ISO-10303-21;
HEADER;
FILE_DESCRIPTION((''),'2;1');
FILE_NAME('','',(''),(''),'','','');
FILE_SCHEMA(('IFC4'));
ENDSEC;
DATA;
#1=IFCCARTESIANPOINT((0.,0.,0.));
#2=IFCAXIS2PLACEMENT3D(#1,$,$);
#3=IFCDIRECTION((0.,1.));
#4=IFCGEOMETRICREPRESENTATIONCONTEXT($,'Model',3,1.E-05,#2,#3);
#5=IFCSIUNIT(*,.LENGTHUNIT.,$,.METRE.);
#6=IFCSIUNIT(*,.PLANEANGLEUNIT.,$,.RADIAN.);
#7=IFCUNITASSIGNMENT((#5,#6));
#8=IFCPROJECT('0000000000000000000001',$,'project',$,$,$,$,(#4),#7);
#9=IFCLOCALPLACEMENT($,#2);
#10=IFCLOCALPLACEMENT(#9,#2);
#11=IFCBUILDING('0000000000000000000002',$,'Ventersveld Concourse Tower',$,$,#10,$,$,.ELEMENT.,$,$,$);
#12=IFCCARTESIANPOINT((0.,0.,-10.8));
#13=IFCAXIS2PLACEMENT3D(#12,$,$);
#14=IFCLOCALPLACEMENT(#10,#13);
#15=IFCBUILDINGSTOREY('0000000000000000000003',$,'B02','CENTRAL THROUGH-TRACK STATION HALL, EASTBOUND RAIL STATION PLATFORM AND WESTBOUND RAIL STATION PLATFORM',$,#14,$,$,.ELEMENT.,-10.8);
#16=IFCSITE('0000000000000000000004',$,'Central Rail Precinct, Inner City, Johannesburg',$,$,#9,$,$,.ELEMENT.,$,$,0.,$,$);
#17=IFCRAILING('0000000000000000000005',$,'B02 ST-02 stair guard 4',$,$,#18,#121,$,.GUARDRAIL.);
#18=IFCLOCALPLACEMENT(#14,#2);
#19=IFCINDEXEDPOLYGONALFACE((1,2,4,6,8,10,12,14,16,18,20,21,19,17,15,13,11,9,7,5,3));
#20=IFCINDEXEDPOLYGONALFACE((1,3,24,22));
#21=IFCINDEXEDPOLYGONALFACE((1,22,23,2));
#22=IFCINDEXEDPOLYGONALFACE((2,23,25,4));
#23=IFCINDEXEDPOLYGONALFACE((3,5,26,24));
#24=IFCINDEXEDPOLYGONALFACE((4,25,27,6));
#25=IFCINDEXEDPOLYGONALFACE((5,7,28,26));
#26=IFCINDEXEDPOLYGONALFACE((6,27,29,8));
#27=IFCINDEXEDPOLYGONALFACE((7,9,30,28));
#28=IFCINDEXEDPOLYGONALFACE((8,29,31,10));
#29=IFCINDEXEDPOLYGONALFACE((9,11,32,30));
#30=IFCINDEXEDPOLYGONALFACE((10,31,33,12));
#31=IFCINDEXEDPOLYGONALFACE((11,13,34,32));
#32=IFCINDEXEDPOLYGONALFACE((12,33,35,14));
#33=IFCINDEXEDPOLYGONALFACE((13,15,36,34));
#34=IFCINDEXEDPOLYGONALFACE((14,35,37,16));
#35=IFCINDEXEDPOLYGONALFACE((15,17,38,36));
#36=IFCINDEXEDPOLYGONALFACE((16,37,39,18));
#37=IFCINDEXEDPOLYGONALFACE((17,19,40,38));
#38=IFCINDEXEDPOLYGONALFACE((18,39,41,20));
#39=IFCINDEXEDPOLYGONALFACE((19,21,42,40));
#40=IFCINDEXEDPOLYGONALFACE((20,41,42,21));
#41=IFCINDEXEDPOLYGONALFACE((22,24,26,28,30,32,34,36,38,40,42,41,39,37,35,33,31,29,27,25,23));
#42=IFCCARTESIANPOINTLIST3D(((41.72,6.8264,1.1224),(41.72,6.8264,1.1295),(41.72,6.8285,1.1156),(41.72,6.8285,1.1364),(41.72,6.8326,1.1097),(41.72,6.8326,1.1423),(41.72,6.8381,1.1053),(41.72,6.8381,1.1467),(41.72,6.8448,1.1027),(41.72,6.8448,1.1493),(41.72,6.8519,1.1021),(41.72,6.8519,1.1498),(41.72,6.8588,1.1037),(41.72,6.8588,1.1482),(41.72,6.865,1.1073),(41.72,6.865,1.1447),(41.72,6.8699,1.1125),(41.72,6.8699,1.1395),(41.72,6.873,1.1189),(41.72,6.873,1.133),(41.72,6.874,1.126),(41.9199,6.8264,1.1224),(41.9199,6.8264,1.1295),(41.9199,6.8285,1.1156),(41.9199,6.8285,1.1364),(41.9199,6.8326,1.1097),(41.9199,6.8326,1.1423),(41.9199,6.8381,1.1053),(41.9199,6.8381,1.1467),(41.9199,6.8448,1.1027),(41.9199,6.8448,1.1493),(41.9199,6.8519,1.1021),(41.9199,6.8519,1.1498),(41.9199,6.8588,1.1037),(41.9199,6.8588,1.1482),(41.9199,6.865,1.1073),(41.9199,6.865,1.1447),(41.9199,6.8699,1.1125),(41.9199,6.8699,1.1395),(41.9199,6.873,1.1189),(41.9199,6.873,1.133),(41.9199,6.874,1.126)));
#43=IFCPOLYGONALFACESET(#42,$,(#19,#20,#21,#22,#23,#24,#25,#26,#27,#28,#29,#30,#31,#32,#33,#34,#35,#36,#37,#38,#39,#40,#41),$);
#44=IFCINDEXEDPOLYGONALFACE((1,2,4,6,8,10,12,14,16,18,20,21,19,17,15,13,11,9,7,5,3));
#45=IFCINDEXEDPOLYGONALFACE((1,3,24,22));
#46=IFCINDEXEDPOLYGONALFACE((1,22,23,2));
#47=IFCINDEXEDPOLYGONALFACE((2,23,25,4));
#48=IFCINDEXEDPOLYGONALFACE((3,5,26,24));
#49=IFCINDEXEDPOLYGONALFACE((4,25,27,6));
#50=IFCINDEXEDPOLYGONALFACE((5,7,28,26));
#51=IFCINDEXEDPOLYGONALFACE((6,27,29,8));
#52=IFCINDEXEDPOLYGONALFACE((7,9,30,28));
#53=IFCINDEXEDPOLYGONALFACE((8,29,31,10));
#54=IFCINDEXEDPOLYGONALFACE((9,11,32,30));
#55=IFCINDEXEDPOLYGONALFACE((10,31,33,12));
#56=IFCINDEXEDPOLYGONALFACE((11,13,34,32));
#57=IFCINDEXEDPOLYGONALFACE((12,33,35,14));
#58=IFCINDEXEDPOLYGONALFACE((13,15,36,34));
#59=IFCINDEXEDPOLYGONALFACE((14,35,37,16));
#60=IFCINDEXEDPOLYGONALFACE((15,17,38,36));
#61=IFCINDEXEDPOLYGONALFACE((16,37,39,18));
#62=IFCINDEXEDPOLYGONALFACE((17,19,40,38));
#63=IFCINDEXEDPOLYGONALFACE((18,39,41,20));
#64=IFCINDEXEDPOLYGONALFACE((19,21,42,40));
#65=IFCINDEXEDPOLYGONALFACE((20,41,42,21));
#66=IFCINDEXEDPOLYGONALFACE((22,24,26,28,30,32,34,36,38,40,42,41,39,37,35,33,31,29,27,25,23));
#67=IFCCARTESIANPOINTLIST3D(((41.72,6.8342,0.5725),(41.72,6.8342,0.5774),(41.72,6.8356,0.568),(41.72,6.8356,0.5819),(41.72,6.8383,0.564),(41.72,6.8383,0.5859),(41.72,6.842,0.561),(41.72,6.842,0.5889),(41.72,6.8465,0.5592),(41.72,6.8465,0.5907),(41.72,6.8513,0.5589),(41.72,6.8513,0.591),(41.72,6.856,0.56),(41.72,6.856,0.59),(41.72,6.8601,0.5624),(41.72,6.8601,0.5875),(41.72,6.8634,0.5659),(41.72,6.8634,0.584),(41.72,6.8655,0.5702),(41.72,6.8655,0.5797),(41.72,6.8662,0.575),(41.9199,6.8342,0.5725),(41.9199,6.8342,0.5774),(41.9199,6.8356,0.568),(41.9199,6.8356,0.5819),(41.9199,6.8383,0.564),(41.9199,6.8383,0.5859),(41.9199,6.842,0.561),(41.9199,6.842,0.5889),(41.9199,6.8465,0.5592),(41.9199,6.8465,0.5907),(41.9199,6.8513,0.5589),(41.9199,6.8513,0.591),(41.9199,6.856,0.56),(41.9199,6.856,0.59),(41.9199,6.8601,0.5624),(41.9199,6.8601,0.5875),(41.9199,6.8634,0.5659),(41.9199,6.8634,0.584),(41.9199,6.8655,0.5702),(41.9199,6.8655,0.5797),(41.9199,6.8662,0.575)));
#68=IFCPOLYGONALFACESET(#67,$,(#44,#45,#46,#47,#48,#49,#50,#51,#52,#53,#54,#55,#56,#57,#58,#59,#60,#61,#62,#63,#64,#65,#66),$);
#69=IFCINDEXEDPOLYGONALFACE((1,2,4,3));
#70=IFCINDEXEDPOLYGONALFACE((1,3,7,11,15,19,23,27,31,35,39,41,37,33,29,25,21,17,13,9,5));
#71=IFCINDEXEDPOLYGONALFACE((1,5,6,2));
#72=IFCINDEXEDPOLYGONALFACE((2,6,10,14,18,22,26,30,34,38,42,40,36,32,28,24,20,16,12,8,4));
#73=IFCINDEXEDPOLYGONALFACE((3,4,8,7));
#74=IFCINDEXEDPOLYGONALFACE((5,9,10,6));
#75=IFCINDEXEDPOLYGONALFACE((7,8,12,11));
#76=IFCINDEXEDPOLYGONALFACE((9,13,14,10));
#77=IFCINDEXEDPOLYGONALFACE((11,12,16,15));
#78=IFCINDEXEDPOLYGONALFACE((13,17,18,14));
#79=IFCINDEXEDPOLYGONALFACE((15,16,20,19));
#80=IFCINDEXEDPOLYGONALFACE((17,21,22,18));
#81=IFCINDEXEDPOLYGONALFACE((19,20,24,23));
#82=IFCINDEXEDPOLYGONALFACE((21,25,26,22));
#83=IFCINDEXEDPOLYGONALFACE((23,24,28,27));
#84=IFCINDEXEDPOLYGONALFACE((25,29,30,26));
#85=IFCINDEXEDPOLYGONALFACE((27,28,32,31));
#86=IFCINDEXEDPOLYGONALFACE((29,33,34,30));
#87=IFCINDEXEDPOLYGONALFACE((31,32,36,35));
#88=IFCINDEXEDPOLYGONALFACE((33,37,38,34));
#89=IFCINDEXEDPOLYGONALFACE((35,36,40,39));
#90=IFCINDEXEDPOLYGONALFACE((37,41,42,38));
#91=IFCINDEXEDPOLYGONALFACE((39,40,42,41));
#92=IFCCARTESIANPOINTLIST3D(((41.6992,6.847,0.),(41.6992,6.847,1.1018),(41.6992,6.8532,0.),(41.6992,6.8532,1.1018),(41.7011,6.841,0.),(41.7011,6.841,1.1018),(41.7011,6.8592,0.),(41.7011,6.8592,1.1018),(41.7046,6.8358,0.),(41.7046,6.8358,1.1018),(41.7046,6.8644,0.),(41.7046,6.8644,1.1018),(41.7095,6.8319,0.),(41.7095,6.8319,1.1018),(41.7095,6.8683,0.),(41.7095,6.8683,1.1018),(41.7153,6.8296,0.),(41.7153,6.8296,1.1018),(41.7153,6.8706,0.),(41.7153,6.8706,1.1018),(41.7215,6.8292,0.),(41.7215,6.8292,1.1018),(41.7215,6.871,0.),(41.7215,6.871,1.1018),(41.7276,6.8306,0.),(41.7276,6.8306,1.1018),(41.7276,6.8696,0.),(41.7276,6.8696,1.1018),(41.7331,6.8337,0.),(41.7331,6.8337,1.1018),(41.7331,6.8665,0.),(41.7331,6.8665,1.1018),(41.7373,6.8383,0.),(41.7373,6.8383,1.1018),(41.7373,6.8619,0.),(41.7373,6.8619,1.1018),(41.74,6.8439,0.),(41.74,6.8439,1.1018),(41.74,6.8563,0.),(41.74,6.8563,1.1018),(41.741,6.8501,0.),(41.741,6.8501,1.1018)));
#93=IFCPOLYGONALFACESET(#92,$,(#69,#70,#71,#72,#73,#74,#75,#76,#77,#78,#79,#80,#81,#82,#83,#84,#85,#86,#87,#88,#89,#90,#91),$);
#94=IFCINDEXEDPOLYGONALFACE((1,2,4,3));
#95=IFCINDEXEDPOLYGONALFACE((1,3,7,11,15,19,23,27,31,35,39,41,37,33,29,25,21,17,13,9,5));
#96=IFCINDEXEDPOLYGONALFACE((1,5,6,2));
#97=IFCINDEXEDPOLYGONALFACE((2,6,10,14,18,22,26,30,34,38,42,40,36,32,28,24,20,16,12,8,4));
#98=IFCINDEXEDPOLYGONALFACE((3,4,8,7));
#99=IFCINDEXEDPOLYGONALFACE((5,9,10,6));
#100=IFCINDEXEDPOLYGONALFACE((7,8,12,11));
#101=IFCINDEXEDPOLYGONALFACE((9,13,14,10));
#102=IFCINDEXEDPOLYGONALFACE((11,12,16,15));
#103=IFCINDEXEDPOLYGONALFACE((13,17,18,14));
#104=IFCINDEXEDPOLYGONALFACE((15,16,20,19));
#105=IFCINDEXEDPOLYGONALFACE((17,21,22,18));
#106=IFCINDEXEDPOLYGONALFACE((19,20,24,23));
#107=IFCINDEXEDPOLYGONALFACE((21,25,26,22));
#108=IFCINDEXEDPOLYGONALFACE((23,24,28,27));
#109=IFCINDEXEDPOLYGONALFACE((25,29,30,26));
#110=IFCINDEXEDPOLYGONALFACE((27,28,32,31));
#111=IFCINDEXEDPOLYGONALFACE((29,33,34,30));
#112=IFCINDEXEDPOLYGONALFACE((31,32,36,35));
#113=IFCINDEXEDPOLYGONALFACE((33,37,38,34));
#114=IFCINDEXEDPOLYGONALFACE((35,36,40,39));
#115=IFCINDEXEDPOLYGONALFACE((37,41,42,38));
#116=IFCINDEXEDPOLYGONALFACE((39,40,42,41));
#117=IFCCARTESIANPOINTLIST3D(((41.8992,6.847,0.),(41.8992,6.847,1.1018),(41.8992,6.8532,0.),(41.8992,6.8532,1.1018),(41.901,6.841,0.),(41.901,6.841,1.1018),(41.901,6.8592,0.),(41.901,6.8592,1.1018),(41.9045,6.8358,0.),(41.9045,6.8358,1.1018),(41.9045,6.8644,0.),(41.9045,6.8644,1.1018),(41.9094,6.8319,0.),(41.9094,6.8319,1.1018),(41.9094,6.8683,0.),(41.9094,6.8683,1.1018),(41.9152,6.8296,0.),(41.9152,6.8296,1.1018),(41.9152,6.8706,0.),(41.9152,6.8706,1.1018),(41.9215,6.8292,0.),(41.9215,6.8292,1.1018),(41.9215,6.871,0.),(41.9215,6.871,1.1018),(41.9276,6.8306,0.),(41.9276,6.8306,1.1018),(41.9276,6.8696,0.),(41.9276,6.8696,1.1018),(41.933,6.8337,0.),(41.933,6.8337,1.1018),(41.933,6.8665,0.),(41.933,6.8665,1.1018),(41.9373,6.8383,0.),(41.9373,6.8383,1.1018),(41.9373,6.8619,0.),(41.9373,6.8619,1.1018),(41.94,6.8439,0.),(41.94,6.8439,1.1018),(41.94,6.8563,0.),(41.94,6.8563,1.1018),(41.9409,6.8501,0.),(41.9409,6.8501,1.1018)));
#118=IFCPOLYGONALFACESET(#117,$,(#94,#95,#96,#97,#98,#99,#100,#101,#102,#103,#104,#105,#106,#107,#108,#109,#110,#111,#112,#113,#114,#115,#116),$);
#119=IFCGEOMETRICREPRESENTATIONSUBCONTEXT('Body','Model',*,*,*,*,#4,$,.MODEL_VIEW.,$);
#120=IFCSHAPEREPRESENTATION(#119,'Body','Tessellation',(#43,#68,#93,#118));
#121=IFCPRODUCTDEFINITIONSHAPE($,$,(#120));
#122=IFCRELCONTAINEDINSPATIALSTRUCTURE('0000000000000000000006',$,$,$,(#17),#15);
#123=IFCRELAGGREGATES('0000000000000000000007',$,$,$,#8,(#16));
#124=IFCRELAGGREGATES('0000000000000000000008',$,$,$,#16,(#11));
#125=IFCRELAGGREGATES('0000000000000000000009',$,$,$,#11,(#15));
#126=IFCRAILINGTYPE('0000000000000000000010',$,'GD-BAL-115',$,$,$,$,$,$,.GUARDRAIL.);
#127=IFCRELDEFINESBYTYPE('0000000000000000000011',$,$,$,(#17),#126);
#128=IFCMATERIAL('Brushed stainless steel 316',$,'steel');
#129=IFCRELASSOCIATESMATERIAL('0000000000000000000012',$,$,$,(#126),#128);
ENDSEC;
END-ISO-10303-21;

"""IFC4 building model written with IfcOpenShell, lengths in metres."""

from ifc_helpers import new_model, si_unit, direction, frame, origin, origin_2d, place, context, subcontext, project, spatial, circle, extrude, material, type_object, element, save


model = new_model("IFC4")

# Units and contexts
model_context = context("Model", 3, precision=1e-05, world=origin(), true_north=direction((0.0, 1.0)))
body_context = subcontext(model_context, "Body", "Model", "MODEL_VIEW")
ifc_project = project(units=[si_unit("LENGTHUNIT", "METRE"), si_unit("PLANEANGLEUNIT", "RADIAN")], contexts=[model_context])

# Site, building, storey
site_placement = place(None, origin())
site = spatial("IfcSite", under=ifc_project, at=site_placement, Name="Central Rail Precinct, Inner City, Johannesburg", CompositionType="ELEMENT", RefElevation=0.0)
building_placement = place(site_placement, origin())
building = spatial("IfcBuilding", under=site, at=building_placement, Name="Ventersveld Concourse Tower", CompositionType="ELEMENT")
storey_placement = place(building_placement, frame((0.0, 0.0, -10.8)))
storey = spatial("IfcBuildingStorey", under=building, at=storey_placement, Name="B02", Description="CENTRAL THROUGH-TRACK STATION HALL, EASTBOUND RAIL STATION PLATFORM AND WESTBOUND RAIL STATION PLATFORM", CompositionType="ELEMENT", Elevation=-10.8)

# Railing
ifc_material_1 = material(Name="Brushed stainless steel 316", Category="steel")
railing_type_1 = type_object("IfcRailingType", Name="GD-BAL-115", PredefinedType="GUARDRAIL", material=ifc_material_1)
railing_1_placement = place(storey_placement, frame((41.72, 6.8501, 0.0)))
element("IfcRailing", 1, at=railing_1_placement, inside=storey, type_object=railing_type_1, Name="B02 ST-02 stair guard 4", PredefinedType="GUARDRAIL", context=body_context, shape_type="SweptSolid", body=[
    extrude(circle(Radius=0.0239, at=origin_2d()), frame((0.0, 0.0, 1.126), z_axis=(1.0, 0.0, 0.0), x_axis=(0.0, 1.0, 0.0)), (0.0, 0.0, 1.0), 0.2),
    extrude(circle(Radius=0.0161, at=origin_2d()), frame((0.0, 0.0, 0.575), z_axis=(1.0, 0.0, 0.0), x_axis=(0.0, 1.0, 0.0)), (0.0, 0.0, 1.0), 0.2),
    extrude(circle(Radius=0.021, at=origin_2d()), origin(), (0.0, 0.0, 1.0), 1.1018),
    extrude(circle(Radius=0.021, at=origin_2d()), frame((0.2, 0.0, 0.0)), (0.0, 0.0, 1.0), 1.1018),
])

save(model, "model.ifc")
